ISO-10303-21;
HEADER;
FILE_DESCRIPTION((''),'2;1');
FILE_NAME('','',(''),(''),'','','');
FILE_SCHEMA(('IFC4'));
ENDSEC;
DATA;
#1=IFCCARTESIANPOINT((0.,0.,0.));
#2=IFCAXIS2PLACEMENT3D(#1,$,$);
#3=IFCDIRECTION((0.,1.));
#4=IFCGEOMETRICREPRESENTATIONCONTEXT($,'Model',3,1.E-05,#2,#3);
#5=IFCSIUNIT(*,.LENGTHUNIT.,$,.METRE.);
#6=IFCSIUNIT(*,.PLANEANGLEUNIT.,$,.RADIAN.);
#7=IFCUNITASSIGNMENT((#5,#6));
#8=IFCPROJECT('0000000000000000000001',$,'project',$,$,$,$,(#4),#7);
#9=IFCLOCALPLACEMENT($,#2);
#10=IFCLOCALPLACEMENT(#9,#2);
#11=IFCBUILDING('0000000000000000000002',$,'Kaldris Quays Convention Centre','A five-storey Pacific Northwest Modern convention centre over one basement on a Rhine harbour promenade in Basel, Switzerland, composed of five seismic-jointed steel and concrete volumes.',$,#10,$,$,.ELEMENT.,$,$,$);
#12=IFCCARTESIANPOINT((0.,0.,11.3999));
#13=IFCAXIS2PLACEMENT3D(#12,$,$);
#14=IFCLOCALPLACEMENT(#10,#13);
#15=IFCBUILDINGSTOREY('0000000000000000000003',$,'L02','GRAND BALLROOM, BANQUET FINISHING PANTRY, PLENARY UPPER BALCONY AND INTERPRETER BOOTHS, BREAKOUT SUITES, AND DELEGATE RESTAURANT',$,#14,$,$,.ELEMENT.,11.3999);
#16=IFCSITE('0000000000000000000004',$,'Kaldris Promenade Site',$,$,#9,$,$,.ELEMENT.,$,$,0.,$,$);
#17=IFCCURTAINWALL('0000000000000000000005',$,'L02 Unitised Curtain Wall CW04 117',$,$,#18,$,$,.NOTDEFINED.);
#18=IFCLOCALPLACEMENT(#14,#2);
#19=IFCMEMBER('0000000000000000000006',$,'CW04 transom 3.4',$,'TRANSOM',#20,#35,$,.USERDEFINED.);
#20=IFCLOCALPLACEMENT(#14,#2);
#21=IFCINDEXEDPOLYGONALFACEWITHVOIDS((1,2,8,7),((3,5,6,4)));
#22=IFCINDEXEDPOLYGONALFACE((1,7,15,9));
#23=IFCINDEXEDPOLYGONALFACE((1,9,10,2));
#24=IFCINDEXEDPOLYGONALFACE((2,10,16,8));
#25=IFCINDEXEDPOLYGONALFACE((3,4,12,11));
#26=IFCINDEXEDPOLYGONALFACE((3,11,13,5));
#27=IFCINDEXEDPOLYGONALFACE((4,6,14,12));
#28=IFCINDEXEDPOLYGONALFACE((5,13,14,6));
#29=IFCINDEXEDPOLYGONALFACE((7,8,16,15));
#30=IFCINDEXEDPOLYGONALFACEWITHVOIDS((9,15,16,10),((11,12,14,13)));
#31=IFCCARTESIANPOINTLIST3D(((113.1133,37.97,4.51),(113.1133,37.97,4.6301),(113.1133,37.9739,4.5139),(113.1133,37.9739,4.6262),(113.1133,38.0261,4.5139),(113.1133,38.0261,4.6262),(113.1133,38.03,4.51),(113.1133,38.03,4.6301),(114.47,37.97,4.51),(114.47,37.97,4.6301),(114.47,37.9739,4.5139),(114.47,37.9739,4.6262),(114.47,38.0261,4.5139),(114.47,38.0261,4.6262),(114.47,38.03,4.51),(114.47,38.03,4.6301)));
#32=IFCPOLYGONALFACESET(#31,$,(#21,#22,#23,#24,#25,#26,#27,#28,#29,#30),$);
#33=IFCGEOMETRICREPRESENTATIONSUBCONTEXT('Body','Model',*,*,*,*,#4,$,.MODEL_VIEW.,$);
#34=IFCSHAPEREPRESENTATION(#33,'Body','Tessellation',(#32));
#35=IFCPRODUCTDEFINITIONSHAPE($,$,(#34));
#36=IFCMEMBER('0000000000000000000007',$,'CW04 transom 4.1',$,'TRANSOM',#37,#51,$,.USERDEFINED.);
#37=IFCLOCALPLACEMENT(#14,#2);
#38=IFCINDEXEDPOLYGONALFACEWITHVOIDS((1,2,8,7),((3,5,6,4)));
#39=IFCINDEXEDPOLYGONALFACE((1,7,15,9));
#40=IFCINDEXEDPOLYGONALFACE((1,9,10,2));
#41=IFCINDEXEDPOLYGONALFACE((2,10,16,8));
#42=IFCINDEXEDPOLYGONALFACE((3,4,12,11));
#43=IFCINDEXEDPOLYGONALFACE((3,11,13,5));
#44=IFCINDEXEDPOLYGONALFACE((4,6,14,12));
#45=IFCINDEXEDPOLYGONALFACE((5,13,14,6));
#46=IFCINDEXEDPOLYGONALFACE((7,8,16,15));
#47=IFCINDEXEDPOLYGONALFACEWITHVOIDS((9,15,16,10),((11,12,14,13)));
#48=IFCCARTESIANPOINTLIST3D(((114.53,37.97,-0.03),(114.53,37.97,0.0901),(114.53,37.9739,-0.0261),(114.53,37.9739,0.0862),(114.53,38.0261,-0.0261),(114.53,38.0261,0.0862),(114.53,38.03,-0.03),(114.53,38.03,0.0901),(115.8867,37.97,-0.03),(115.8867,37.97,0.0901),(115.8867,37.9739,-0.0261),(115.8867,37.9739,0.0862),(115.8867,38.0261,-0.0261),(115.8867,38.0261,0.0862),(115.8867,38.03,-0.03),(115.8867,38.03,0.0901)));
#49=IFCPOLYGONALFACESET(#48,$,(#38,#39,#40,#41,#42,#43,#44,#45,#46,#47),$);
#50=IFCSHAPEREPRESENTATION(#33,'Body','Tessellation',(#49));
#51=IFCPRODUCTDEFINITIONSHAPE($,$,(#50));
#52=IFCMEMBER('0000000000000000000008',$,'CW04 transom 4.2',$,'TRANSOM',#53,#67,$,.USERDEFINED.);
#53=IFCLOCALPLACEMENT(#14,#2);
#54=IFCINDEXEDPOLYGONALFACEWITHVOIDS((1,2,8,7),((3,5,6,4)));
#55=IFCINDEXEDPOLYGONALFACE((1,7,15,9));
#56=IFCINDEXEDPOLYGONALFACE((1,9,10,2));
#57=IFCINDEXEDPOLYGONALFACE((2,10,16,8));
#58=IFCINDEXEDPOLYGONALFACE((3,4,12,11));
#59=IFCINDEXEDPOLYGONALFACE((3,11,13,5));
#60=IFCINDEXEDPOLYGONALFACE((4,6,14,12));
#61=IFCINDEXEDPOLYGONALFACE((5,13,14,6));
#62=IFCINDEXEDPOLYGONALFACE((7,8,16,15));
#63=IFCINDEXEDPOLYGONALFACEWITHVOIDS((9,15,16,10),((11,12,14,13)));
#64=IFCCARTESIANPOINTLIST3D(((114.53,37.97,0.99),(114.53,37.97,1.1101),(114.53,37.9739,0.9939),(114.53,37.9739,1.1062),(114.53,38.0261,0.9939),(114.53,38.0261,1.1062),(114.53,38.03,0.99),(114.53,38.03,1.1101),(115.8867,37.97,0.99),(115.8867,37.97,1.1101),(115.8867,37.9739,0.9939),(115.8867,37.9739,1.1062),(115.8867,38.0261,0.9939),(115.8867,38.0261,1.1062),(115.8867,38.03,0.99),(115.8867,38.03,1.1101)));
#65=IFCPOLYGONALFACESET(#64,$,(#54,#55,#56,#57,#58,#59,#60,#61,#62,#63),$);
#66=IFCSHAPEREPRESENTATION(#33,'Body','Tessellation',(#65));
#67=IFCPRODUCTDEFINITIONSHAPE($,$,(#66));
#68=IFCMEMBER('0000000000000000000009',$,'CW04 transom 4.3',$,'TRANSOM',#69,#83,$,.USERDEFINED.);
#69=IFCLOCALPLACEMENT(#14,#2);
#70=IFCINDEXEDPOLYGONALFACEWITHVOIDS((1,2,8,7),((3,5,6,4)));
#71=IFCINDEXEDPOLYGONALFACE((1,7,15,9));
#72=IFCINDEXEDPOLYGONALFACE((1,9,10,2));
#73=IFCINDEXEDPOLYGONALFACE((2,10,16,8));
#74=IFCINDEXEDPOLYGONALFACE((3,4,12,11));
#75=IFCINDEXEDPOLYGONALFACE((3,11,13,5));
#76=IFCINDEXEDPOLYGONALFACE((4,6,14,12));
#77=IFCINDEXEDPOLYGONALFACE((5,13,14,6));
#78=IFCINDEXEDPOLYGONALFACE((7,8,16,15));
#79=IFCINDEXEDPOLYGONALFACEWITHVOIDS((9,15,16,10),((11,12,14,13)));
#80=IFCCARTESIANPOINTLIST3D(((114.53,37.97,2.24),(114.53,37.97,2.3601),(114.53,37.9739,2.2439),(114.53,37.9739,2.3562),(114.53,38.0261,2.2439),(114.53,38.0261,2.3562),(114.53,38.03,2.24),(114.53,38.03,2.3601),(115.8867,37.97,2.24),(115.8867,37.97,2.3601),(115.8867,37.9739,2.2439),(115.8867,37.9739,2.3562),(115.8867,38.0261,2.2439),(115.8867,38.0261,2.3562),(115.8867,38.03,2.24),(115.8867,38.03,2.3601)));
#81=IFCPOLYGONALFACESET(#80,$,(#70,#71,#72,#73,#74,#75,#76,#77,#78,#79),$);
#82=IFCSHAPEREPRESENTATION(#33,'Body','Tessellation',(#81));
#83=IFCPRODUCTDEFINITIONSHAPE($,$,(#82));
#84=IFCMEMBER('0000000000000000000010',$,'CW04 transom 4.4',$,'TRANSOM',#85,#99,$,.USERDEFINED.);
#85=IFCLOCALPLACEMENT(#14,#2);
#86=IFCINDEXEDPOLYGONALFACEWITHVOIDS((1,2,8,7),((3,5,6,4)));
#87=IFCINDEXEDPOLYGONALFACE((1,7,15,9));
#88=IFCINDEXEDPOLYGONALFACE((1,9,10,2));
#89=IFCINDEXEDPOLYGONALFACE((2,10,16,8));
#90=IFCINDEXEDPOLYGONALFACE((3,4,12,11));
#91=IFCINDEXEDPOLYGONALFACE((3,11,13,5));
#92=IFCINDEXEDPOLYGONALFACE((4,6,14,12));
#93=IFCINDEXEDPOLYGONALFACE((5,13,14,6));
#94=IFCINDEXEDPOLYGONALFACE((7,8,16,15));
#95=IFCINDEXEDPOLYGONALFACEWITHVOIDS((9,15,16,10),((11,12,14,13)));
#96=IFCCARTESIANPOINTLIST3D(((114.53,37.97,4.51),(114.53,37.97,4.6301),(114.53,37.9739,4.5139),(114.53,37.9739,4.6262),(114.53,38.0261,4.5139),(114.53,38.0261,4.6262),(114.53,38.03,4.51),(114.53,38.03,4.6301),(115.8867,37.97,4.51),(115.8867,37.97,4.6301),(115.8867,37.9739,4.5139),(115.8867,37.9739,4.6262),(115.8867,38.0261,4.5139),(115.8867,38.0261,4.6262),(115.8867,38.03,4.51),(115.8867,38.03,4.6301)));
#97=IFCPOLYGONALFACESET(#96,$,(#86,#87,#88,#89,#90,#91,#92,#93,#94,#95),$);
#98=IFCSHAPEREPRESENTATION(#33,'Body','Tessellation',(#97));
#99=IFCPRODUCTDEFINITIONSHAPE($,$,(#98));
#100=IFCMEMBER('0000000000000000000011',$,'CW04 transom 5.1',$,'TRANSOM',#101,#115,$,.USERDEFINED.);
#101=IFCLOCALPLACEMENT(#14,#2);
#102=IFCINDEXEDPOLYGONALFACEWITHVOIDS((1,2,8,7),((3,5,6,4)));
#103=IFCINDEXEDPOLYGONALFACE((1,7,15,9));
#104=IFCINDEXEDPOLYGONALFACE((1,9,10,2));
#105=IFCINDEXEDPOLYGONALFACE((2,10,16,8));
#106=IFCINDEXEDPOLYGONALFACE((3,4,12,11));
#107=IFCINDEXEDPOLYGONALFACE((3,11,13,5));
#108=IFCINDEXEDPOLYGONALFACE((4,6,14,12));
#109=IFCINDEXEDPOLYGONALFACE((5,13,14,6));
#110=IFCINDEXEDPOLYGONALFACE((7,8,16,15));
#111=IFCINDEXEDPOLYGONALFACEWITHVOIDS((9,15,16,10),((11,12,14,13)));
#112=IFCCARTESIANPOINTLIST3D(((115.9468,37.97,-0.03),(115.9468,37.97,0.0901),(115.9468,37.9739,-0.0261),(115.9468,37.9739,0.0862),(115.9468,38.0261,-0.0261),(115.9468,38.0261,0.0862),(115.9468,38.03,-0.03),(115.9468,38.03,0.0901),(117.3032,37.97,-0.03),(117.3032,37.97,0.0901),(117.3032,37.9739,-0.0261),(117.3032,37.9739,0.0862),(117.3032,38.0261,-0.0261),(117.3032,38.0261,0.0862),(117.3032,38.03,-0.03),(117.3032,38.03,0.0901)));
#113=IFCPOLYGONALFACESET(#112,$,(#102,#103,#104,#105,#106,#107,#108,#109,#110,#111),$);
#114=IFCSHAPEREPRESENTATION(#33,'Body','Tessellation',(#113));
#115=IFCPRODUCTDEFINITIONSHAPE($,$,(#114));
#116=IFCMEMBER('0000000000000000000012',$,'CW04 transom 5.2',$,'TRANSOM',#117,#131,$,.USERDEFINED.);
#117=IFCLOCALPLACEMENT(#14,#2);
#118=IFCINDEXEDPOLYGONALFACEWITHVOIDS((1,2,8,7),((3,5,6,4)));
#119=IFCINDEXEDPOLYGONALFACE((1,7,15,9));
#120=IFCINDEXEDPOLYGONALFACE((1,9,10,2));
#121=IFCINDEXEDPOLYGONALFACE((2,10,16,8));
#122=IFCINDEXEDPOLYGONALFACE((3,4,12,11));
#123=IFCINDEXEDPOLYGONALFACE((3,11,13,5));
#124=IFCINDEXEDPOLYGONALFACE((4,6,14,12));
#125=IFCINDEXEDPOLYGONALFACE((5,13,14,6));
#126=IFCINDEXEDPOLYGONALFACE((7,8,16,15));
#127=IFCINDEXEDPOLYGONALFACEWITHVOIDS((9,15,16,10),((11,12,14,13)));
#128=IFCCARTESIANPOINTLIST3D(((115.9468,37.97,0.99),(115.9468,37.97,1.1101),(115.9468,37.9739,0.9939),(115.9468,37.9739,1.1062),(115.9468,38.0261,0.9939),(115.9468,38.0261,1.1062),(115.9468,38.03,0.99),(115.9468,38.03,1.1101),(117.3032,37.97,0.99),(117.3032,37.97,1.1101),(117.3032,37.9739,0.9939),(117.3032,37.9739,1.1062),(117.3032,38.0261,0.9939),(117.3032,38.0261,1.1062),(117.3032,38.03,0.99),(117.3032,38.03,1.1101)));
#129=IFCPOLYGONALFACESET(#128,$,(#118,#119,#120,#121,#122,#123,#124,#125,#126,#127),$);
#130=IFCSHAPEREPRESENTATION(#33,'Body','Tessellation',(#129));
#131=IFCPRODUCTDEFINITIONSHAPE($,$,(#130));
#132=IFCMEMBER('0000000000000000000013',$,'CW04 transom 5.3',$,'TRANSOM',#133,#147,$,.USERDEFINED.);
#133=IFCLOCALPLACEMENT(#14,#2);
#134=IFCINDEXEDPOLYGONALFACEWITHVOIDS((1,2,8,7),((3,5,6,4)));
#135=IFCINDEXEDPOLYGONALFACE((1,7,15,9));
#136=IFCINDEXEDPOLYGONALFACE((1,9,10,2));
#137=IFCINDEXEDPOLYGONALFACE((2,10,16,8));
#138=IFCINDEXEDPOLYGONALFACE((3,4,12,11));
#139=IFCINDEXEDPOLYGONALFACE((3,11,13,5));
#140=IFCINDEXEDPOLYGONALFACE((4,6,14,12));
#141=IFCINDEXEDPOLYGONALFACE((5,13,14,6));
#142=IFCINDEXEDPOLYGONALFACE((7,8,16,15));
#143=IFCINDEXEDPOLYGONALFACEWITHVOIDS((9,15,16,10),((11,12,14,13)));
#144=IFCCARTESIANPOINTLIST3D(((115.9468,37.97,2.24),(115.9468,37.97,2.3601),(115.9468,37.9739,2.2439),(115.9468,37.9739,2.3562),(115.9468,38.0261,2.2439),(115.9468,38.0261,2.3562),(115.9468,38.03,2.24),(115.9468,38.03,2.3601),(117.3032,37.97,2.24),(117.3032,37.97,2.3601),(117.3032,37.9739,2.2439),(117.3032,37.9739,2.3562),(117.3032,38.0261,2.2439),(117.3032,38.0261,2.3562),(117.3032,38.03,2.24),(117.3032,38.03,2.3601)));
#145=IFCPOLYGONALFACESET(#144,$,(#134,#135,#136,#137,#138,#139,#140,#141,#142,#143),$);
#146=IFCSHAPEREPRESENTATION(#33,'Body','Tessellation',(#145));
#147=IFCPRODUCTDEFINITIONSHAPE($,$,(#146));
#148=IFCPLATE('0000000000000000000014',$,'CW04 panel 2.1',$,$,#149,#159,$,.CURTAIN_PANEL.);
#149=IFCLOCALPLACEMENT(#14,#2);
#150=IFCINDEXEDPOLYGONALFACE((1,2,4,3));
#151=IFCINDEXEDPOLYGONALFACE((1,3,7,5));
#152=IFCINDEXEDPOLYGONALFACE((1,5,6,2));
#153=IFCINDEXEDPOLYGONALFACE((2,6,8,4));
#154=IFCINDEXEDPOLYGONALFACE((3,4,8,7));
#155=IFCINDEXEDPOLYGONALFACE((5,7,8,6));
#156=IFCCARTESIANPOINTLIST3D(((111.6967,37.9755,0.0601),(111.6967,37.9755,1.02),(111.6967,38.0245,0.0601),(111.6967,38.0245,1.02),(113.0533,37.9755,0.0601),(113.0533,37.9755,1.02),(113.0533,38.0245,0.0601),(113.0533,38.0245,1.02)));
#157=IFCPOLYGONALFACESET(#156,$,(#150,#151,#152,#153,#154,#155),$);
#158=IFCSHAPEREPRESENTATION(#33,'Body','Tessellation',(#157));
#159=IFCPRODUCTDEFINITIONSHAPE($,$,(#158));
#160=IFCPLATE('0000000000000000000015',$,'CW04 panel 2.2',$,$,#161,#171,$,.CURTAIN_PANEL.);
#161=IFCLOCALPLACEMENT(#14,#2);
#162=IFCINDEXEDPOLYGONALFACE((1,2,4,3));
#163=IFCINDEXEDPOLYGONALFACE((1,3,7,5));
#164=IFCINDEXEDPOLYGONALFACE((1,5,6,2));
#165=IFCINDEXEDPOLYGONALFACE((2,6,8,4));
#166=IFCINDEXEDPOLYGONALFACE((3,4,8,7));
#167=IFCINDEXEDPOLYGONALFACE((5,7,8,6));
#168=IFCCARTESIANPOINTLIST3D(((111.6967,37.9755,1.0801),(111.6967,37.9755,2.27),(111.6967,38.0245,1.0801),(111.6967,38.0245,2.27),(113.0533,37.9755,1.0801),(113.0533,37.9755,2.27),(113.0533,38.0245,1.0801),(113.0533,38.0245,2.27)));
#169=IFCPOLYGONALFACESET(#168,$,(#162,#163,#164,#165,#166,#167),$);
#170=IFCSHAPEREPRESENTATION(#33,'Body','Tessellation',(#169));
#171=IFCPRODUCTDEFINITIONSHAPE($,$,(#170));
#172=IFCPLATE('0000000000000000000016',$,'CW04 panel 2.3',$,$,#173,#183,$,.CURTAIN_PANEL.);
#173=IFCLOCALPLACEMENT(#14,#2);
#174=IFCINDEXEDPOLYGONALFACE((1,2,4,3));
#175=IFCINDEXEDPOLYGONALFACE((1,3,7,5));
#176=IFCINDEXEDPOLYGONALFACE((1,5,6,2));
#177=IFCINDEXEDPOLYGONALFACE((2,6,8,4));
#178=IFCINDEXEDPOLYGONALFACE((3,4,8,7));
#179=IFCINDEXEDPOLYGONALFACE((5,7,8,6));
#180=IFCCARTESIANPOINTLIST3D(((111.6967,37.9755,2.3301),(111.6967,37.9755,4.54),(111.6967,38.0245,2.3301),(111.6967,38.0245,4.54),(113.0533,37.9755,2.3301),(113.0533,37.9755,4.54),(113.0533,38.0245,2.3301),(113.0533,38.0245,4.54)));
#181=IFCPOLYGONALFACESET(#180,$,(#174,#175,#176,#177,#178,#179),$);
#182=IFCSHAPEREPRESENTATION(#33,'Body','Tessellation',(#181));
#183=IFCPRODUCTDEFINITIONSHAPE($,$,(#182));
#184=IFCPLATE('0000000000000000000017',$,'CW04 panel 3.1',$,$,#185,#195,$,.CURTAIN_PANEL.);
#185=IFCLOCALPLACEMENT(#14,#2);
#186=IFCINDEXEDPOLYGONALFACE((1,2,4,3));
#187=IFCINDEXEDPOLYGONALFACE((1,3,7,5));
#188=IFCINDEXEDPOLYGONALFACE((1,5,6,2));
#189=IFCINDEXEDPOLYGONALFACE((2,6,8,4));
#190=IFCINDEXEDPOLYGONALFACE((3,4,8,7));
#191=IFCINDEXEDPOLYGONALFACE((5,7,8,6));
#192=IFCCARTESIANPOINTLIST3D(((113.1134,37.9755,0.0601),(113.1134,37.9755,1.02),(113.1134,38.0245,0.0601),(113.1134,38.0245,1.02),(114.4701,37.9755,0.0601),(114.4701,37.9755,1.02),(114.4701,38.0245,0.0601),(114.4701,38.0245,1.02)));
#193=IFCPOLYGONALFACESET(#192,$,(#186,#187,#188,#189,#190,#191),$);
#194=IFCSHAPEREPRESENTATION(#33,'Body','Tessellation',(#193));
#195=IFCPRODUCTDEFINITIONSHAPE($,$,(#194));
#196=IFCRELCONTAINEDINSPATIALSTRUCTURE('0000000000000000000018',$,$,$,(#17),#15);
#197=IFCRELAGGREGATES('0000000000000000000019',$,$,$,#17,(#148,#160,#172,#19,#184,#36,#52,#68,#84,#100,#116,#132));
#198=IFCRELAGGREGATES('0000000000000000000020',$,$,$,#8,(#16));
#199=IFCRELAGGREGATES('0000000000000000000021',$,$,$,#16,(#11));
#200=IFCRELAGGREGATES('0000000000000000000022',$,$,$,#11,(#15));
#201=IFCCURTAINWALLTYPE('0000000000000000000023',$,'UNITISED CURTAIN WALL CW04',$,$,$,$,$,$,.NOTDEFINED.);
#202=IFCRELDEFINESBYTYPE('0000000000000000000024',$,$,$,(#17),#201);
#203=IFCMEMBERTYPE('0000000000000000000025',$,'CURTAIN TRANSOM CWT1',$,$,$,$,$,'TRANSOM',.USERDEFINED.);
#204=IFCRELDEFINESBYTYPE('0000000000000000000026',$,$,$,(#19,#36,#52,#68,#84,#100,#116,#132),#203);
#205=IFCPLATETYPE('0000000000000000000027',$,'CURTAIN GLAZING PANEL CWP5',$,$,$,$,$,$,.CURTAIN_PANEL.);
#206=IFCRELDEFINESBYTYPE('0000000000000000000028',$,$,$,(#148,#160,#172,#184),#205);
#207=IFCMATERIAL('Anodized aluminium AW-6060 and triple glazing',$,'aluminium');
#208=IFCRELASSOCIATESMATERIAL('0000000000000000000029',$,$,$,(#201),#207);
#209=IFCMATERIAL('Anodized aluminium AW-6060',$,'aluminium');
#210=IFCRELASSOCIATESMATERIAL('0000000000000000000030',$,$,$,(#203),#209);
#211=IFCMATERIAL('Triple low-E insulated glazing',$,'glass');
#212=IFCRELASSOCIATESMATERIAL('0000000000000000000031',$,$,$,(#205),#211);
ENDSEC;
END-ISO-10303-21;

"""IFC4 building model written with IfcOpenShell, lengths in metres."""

from ifc_helpers import new_model, si_unit, direction, frame, origin, origin_2d, place, context, subcontext, project, spatial, rectangle, hollow_rectangle, extrude, material, material_profile, profile_set, type_object, element, aggregate, save


model = new_model("IFC4")

# Units and contexts
model_context = context("Model", 3, precision=1e-05, world=origin(), true_north=direction((0.0, 1.0)))
body_context = subcontext(model_context, "Body", "Model", "MODEL_VIEW")
ifc_project = project(units=[si_unit("LENGTHUNIT", "METRE"), si_unit("PLANEANGLEUNIT", "RADIAN")], contexts=[model_context])

# Site, building, storey
site_placement = place(None, origin())
site = spatial("IfcSite", under=ifc_project, at=site_placement, Name="Kaldris Promenade Site", CompositionType="ELEMENT", RefElevation=0.0)
building_placement = place(site_placement, origin())
building = spatial("IfcBuilding", under=site, at=building_placement, Name="Kaldris Quays Convention Centre", Description="A five-storey Pacific Northwest Modern convention centre over one basement on a Rhine harbour promenade in Basel, Switzerland, composed of five seismic-jointed steel and concrete volumes.", CompositionType="ELEMENT")
storey_placement = place(building_placement, frame((0.0, 0.0, 11.3999)))
storey = spatial("IfcBuildingStorey", under=building, at=storey_placement, Name="L02", Description="GRAND BALLROOM, BANQUET FINISHING PANTRY, PLENARY UPPER BALCONY AND INTERPRETER BOOTHS, BREAKOUT SUITES, AND DELEGATE RESTAURANT", CompositionType="ELEMENT", Elevation=11.3999)

# Curtain wall, members, plates
ifc_material_1 = material(Name="Anodized aluminium AW-6060 and triple glazing", Category="aluminium")
curtain_wall_type = type_object("IfcCurtainWallType", Name="UNITISED CURTAIN WALL CW04", PredefinedType="NOTDEFINED", material=ifc_material_1)
curtain_wall_placement = place(storey_placement, origin())
curtain_wall = element("IfcCurtainWall", 1, at=curtain_wall_placement, inside=storey, type_object=curtain_wall_type, Name="L02 Unitised Curtain Wall CW04 117", PredefinedType="NOTDEFINED")
ifc_material_2 = material(Name="Anodized aluminium AW-6060", Category="aluminium")
ifc_material_profile_1 = material_profile(ifc_material_2, hollow_rectangle(XDim=0.0601, YDim=0.1201, WallThickness=0.0039, at=origin_2d()), Name="RHS 120x60x4")
ifc_profile_set_1 = profile_set([ifc_material_profile_1], Name="Anodized aluminium AW-6060")
member_type_1 = type_object("IfcMemberType", Name="CURTAIN TRANSOM CWT1", ElementType="TRANSOM", PredefinedType="USERDEFINED", material=ifc_profile_set_1)
member_1_placement = place(storey_placement, frame((113.1133, 38.0, 4.5701), z_axis=(1.0, 0.0, 0.0), x_axis=(0.0, 1.0, 0.0)))
member_1 = element("IfcMember", 2, at=member_1_placement, type_object=member_type_1, Name="CW04 transom 3.4", ObjectType="TRANSOM", PredefinedType="USERDEFINED", context=body_context, shape_type="SweptSolid", body=[
    extrude(hollow_rectangle(XDim=0.0601, YDim=0.1201, WallThickness=0.0039, at=origin_2d()), origin(), (0.0, 0.0, 1.0), 1.3567),
])
member_2_placement = place(storey_placement, frame((114.53, 38.0, 0.03), z_axis=(1.0, 0.0, 0.0), x_axis=(0.0, 1.0, 0.0)))
member_2 = element("IfcMember", 3, at=member_2_placement, type_object=member_type_1, Name="CW04 transom 4.1", ObjectType="TRANSOM", PredefinedType="USERDEFINED", context=body_context, shape_type="SweptSolid", body=[
    extrude(hollow_rectangle(XDim=0.0601, YDim=0.1201, WallThickness=0.0039, at=origin_2d()), origin(), (0.0, 0.0, 1.0), 1.3567),
])
member_3_placement = place(storey_placement, frame((114.53, 38.0, 1.05), z_axis=(1.0, 0.0, 0.0), x_axis=(0.0, 1.0, 0.0)))
member_3 = element("IfcMember", 4, at=member_3_placement, type_object=member_type_1, Name="CW04 transom 4.2", ObjectType="TRANSOM", PredefinedType="USERDEFINED", context=body_context, shape_type="SweptSolid", body=[
    extrude(hollow_rectangle(XDim=0.0601, YDim=0.1201, WallThickness=0.0039, at=origin_2d()), origin(), (0.0, 0.0, 1.0), 1.3567),
])
member_4_placement = place(storey_placement, frame((114.53, 38.0, 2.3), z_axis=(1.0, 0.0, 0.0), x_axis=(0.0, 1.0, 0.0)))
member_4 = element("IfcMember", 5, at=member_4_placement, type_object=member_type_1, Name="CW04 transom 4.3", ObjectType="TRANSOM", PredefinedType="USERDEFINED", context=body_context, shape_type="SweptSolid", body=[
    extrude(hollow_rectangle(XDim=0.0601, YDim=0.1201, WallThickness=0.0039, at=origin_2d()), origin(), (0.0, 0.0, 1.0), 1.3567),
])
member_5_placement = place(storey_placement, frame((114.53, 38.0, 4.5701), z_axis=(1.0, 0.0, 0.0), x_axis=(0.0, 1.0, 0.0)))
member_5 = element("IfcMember", 6, at=member_5_placement, type_object=member_type_1, Name="CW04 transom 4.4", ObjectType="TRANSOM", PredefinedType="USERDEFINED", context=body_context, shape_type="SweptSolid", body=[
    extrude(hollow_rectangle(XDim=0.0601, YDim=0.1201, WallThickness=0.0039, at=origin_2d()), origin(), (0.0, 0.0, 1.0), 1.3567),
])
member_6_placement = place(storey_placement, frame((115.9468, 38.0, 0.03), z_axis=(1.0, 0.0, 0.0), x_axis=(0.0, 1.0, 0.0)))
member_6 = element("IfcMember", 7, at=member_6_placement, type_object=member_type_1, Name="CW04 transom 5.1", ObjectType="TRANSOM", PredefinedType="USERDEFINED", context=body_context, shape_type="SweptSolid", body=[
    extrude(hollow_rectangle(XDim=0.0601, YDim=0.1201, WallThickness=0.0039, at=origin_2d()), origin(), (0.0, 0.0, 1.0), 1.3564),
])
member_7_placement = place(storey_placement, frame((115.9468, 38.0, 1.05), z_axis=(1.0, 0.0, 0.0), x_axis=(0.0, 1.0, 0.0)))
member_7 = element("IfcMember", 8, at=member_7_placement, type_object=member_type_1, Name="CW04 transom 5.2", ObjectType="TRANSOM", PredefinedType="USERDEFINED", context=body_context, shape_type="SweptSolid", body=[
    extrude(hollow_rectangle(XDim=0.0601, YDim=0.1201, WallThickness=0.0039, at=origin_2d()), origin(), (0.0, 0.0, 1.0), 1.3564),
])
member_8_placement = place(storey_placement, frame((115.9468, 38.0, 2.3), z_axis=(1.0, 0.0, 0.0), x_axis=(0.0, 1.0, 0.0)))
member_8 = element("IfcMember", 9, at=member_8_placement, type_object=member_type_1, Name="CW04 transom 5.3", ObjectType="TRANSOM", PredefinedType="USERDEFINED", context=body_context, shape_type="SweptSolid", body=[
    extrude(hollow_rectangle(XDim=0.0601, YDim=0.1201, WallThickness=0.0039, at=origin_2d()), origin(), (0.0, 0.0, 1.0), 1.3564),
])
ifc_material_3 = material(Name="Triple low-E insulated glazing", Category="glass")
plate_type = type_object("IfcPlateType", Name="CURTAIN GLAZING PANEL CWP5", PredefinedType="CURTAIN_PANEL", material=ifc_material_3)
plate_1_placement = place(storey_placement, frame((112.375, 38.0, 0.0601), z_axis=(0.0, 0.0, 1.0), x_axis=(1.0, 0.0, 0.0)))
plate_1 = element("IfcPlate", 10, at=plate_1_placement, type_object=plate_type, Name="CW04 panel 2.1", PredefinedType="CURTAIN_PANEL", context=body_context, shape_type="SweptSolid", body=[
    extrude(rectangle(XDim=1.3567, YDim=0.0491, at=origin_2d()), origin(), (0.0, 0.0, 1.0), 0.96),
])
plate_2_placement = place(storey_placement, frame((112.375, 38.0, 1.0801), z_axis=(0.0, 0.0, 1.0), x_axis=(1.0, 0.0, 0.0)))
plate_2 = element("IfcPlate", 11, at=plate_2_placement, type_object=plate_type, Name="CW04 panel 2.2", PredefinedType="CURTAIN_PANEL", context=body_context, shape_type="SweptSolid", body=[
    extrude(rectangle(XDim=1.3567, YDim=0.0491, at=origin_2d()), origin(), (0.0, 0.0, 1.0), 1.1899),
])
plate_3_placement = place(storey_placement, frame((112.375, 38.0, 2.3301), z_axis=(0.0, 0.0, 1.0), x_axis=(1.0, 0.0, 0.0)))
plate_3 = element("IfcPlate", 12, at=plate_3_placement, type_object=plate_type, Name="CW04 panel 2.3", PredefinedType="CURTAIN_PANEL", context=body_context, shape_type="SweptSolid", body=[
    extrude(rectangle(XDim=1.3567, YDim=0.0491, at=origin_2d()), origin(), (0.0, 0.0, 1.0), 2.21),
])
plate_4_placement = place(storey_placement, frame((113.7917, 38.0, 0.0601), z_axis=(0.0, 0.0, 1.0), x_axis=(1.0, 0.0, 0.0)))
plate_4 = element("IfcPlate", 13, at=plate_4_placement, type_object=plate_type, Name="CW04 panel 3.1", PredefinedType="CURTAIN_PANEL", context=body_context, shape_type="SweptSolid", body=[
    extrude(rectangle(XDim=1.3567, YDim=0.0491, at=origin_2d()), origin(), (0.0, 0.0, 1.0), 0.96),
])
aggregate(curtain_wall, [plate_1, plate_2, plate_3, member_1, plate_4, member_2, member_3, member_4, member_5, member_6, member_7, member_8])

save(model, "model.ifc")
